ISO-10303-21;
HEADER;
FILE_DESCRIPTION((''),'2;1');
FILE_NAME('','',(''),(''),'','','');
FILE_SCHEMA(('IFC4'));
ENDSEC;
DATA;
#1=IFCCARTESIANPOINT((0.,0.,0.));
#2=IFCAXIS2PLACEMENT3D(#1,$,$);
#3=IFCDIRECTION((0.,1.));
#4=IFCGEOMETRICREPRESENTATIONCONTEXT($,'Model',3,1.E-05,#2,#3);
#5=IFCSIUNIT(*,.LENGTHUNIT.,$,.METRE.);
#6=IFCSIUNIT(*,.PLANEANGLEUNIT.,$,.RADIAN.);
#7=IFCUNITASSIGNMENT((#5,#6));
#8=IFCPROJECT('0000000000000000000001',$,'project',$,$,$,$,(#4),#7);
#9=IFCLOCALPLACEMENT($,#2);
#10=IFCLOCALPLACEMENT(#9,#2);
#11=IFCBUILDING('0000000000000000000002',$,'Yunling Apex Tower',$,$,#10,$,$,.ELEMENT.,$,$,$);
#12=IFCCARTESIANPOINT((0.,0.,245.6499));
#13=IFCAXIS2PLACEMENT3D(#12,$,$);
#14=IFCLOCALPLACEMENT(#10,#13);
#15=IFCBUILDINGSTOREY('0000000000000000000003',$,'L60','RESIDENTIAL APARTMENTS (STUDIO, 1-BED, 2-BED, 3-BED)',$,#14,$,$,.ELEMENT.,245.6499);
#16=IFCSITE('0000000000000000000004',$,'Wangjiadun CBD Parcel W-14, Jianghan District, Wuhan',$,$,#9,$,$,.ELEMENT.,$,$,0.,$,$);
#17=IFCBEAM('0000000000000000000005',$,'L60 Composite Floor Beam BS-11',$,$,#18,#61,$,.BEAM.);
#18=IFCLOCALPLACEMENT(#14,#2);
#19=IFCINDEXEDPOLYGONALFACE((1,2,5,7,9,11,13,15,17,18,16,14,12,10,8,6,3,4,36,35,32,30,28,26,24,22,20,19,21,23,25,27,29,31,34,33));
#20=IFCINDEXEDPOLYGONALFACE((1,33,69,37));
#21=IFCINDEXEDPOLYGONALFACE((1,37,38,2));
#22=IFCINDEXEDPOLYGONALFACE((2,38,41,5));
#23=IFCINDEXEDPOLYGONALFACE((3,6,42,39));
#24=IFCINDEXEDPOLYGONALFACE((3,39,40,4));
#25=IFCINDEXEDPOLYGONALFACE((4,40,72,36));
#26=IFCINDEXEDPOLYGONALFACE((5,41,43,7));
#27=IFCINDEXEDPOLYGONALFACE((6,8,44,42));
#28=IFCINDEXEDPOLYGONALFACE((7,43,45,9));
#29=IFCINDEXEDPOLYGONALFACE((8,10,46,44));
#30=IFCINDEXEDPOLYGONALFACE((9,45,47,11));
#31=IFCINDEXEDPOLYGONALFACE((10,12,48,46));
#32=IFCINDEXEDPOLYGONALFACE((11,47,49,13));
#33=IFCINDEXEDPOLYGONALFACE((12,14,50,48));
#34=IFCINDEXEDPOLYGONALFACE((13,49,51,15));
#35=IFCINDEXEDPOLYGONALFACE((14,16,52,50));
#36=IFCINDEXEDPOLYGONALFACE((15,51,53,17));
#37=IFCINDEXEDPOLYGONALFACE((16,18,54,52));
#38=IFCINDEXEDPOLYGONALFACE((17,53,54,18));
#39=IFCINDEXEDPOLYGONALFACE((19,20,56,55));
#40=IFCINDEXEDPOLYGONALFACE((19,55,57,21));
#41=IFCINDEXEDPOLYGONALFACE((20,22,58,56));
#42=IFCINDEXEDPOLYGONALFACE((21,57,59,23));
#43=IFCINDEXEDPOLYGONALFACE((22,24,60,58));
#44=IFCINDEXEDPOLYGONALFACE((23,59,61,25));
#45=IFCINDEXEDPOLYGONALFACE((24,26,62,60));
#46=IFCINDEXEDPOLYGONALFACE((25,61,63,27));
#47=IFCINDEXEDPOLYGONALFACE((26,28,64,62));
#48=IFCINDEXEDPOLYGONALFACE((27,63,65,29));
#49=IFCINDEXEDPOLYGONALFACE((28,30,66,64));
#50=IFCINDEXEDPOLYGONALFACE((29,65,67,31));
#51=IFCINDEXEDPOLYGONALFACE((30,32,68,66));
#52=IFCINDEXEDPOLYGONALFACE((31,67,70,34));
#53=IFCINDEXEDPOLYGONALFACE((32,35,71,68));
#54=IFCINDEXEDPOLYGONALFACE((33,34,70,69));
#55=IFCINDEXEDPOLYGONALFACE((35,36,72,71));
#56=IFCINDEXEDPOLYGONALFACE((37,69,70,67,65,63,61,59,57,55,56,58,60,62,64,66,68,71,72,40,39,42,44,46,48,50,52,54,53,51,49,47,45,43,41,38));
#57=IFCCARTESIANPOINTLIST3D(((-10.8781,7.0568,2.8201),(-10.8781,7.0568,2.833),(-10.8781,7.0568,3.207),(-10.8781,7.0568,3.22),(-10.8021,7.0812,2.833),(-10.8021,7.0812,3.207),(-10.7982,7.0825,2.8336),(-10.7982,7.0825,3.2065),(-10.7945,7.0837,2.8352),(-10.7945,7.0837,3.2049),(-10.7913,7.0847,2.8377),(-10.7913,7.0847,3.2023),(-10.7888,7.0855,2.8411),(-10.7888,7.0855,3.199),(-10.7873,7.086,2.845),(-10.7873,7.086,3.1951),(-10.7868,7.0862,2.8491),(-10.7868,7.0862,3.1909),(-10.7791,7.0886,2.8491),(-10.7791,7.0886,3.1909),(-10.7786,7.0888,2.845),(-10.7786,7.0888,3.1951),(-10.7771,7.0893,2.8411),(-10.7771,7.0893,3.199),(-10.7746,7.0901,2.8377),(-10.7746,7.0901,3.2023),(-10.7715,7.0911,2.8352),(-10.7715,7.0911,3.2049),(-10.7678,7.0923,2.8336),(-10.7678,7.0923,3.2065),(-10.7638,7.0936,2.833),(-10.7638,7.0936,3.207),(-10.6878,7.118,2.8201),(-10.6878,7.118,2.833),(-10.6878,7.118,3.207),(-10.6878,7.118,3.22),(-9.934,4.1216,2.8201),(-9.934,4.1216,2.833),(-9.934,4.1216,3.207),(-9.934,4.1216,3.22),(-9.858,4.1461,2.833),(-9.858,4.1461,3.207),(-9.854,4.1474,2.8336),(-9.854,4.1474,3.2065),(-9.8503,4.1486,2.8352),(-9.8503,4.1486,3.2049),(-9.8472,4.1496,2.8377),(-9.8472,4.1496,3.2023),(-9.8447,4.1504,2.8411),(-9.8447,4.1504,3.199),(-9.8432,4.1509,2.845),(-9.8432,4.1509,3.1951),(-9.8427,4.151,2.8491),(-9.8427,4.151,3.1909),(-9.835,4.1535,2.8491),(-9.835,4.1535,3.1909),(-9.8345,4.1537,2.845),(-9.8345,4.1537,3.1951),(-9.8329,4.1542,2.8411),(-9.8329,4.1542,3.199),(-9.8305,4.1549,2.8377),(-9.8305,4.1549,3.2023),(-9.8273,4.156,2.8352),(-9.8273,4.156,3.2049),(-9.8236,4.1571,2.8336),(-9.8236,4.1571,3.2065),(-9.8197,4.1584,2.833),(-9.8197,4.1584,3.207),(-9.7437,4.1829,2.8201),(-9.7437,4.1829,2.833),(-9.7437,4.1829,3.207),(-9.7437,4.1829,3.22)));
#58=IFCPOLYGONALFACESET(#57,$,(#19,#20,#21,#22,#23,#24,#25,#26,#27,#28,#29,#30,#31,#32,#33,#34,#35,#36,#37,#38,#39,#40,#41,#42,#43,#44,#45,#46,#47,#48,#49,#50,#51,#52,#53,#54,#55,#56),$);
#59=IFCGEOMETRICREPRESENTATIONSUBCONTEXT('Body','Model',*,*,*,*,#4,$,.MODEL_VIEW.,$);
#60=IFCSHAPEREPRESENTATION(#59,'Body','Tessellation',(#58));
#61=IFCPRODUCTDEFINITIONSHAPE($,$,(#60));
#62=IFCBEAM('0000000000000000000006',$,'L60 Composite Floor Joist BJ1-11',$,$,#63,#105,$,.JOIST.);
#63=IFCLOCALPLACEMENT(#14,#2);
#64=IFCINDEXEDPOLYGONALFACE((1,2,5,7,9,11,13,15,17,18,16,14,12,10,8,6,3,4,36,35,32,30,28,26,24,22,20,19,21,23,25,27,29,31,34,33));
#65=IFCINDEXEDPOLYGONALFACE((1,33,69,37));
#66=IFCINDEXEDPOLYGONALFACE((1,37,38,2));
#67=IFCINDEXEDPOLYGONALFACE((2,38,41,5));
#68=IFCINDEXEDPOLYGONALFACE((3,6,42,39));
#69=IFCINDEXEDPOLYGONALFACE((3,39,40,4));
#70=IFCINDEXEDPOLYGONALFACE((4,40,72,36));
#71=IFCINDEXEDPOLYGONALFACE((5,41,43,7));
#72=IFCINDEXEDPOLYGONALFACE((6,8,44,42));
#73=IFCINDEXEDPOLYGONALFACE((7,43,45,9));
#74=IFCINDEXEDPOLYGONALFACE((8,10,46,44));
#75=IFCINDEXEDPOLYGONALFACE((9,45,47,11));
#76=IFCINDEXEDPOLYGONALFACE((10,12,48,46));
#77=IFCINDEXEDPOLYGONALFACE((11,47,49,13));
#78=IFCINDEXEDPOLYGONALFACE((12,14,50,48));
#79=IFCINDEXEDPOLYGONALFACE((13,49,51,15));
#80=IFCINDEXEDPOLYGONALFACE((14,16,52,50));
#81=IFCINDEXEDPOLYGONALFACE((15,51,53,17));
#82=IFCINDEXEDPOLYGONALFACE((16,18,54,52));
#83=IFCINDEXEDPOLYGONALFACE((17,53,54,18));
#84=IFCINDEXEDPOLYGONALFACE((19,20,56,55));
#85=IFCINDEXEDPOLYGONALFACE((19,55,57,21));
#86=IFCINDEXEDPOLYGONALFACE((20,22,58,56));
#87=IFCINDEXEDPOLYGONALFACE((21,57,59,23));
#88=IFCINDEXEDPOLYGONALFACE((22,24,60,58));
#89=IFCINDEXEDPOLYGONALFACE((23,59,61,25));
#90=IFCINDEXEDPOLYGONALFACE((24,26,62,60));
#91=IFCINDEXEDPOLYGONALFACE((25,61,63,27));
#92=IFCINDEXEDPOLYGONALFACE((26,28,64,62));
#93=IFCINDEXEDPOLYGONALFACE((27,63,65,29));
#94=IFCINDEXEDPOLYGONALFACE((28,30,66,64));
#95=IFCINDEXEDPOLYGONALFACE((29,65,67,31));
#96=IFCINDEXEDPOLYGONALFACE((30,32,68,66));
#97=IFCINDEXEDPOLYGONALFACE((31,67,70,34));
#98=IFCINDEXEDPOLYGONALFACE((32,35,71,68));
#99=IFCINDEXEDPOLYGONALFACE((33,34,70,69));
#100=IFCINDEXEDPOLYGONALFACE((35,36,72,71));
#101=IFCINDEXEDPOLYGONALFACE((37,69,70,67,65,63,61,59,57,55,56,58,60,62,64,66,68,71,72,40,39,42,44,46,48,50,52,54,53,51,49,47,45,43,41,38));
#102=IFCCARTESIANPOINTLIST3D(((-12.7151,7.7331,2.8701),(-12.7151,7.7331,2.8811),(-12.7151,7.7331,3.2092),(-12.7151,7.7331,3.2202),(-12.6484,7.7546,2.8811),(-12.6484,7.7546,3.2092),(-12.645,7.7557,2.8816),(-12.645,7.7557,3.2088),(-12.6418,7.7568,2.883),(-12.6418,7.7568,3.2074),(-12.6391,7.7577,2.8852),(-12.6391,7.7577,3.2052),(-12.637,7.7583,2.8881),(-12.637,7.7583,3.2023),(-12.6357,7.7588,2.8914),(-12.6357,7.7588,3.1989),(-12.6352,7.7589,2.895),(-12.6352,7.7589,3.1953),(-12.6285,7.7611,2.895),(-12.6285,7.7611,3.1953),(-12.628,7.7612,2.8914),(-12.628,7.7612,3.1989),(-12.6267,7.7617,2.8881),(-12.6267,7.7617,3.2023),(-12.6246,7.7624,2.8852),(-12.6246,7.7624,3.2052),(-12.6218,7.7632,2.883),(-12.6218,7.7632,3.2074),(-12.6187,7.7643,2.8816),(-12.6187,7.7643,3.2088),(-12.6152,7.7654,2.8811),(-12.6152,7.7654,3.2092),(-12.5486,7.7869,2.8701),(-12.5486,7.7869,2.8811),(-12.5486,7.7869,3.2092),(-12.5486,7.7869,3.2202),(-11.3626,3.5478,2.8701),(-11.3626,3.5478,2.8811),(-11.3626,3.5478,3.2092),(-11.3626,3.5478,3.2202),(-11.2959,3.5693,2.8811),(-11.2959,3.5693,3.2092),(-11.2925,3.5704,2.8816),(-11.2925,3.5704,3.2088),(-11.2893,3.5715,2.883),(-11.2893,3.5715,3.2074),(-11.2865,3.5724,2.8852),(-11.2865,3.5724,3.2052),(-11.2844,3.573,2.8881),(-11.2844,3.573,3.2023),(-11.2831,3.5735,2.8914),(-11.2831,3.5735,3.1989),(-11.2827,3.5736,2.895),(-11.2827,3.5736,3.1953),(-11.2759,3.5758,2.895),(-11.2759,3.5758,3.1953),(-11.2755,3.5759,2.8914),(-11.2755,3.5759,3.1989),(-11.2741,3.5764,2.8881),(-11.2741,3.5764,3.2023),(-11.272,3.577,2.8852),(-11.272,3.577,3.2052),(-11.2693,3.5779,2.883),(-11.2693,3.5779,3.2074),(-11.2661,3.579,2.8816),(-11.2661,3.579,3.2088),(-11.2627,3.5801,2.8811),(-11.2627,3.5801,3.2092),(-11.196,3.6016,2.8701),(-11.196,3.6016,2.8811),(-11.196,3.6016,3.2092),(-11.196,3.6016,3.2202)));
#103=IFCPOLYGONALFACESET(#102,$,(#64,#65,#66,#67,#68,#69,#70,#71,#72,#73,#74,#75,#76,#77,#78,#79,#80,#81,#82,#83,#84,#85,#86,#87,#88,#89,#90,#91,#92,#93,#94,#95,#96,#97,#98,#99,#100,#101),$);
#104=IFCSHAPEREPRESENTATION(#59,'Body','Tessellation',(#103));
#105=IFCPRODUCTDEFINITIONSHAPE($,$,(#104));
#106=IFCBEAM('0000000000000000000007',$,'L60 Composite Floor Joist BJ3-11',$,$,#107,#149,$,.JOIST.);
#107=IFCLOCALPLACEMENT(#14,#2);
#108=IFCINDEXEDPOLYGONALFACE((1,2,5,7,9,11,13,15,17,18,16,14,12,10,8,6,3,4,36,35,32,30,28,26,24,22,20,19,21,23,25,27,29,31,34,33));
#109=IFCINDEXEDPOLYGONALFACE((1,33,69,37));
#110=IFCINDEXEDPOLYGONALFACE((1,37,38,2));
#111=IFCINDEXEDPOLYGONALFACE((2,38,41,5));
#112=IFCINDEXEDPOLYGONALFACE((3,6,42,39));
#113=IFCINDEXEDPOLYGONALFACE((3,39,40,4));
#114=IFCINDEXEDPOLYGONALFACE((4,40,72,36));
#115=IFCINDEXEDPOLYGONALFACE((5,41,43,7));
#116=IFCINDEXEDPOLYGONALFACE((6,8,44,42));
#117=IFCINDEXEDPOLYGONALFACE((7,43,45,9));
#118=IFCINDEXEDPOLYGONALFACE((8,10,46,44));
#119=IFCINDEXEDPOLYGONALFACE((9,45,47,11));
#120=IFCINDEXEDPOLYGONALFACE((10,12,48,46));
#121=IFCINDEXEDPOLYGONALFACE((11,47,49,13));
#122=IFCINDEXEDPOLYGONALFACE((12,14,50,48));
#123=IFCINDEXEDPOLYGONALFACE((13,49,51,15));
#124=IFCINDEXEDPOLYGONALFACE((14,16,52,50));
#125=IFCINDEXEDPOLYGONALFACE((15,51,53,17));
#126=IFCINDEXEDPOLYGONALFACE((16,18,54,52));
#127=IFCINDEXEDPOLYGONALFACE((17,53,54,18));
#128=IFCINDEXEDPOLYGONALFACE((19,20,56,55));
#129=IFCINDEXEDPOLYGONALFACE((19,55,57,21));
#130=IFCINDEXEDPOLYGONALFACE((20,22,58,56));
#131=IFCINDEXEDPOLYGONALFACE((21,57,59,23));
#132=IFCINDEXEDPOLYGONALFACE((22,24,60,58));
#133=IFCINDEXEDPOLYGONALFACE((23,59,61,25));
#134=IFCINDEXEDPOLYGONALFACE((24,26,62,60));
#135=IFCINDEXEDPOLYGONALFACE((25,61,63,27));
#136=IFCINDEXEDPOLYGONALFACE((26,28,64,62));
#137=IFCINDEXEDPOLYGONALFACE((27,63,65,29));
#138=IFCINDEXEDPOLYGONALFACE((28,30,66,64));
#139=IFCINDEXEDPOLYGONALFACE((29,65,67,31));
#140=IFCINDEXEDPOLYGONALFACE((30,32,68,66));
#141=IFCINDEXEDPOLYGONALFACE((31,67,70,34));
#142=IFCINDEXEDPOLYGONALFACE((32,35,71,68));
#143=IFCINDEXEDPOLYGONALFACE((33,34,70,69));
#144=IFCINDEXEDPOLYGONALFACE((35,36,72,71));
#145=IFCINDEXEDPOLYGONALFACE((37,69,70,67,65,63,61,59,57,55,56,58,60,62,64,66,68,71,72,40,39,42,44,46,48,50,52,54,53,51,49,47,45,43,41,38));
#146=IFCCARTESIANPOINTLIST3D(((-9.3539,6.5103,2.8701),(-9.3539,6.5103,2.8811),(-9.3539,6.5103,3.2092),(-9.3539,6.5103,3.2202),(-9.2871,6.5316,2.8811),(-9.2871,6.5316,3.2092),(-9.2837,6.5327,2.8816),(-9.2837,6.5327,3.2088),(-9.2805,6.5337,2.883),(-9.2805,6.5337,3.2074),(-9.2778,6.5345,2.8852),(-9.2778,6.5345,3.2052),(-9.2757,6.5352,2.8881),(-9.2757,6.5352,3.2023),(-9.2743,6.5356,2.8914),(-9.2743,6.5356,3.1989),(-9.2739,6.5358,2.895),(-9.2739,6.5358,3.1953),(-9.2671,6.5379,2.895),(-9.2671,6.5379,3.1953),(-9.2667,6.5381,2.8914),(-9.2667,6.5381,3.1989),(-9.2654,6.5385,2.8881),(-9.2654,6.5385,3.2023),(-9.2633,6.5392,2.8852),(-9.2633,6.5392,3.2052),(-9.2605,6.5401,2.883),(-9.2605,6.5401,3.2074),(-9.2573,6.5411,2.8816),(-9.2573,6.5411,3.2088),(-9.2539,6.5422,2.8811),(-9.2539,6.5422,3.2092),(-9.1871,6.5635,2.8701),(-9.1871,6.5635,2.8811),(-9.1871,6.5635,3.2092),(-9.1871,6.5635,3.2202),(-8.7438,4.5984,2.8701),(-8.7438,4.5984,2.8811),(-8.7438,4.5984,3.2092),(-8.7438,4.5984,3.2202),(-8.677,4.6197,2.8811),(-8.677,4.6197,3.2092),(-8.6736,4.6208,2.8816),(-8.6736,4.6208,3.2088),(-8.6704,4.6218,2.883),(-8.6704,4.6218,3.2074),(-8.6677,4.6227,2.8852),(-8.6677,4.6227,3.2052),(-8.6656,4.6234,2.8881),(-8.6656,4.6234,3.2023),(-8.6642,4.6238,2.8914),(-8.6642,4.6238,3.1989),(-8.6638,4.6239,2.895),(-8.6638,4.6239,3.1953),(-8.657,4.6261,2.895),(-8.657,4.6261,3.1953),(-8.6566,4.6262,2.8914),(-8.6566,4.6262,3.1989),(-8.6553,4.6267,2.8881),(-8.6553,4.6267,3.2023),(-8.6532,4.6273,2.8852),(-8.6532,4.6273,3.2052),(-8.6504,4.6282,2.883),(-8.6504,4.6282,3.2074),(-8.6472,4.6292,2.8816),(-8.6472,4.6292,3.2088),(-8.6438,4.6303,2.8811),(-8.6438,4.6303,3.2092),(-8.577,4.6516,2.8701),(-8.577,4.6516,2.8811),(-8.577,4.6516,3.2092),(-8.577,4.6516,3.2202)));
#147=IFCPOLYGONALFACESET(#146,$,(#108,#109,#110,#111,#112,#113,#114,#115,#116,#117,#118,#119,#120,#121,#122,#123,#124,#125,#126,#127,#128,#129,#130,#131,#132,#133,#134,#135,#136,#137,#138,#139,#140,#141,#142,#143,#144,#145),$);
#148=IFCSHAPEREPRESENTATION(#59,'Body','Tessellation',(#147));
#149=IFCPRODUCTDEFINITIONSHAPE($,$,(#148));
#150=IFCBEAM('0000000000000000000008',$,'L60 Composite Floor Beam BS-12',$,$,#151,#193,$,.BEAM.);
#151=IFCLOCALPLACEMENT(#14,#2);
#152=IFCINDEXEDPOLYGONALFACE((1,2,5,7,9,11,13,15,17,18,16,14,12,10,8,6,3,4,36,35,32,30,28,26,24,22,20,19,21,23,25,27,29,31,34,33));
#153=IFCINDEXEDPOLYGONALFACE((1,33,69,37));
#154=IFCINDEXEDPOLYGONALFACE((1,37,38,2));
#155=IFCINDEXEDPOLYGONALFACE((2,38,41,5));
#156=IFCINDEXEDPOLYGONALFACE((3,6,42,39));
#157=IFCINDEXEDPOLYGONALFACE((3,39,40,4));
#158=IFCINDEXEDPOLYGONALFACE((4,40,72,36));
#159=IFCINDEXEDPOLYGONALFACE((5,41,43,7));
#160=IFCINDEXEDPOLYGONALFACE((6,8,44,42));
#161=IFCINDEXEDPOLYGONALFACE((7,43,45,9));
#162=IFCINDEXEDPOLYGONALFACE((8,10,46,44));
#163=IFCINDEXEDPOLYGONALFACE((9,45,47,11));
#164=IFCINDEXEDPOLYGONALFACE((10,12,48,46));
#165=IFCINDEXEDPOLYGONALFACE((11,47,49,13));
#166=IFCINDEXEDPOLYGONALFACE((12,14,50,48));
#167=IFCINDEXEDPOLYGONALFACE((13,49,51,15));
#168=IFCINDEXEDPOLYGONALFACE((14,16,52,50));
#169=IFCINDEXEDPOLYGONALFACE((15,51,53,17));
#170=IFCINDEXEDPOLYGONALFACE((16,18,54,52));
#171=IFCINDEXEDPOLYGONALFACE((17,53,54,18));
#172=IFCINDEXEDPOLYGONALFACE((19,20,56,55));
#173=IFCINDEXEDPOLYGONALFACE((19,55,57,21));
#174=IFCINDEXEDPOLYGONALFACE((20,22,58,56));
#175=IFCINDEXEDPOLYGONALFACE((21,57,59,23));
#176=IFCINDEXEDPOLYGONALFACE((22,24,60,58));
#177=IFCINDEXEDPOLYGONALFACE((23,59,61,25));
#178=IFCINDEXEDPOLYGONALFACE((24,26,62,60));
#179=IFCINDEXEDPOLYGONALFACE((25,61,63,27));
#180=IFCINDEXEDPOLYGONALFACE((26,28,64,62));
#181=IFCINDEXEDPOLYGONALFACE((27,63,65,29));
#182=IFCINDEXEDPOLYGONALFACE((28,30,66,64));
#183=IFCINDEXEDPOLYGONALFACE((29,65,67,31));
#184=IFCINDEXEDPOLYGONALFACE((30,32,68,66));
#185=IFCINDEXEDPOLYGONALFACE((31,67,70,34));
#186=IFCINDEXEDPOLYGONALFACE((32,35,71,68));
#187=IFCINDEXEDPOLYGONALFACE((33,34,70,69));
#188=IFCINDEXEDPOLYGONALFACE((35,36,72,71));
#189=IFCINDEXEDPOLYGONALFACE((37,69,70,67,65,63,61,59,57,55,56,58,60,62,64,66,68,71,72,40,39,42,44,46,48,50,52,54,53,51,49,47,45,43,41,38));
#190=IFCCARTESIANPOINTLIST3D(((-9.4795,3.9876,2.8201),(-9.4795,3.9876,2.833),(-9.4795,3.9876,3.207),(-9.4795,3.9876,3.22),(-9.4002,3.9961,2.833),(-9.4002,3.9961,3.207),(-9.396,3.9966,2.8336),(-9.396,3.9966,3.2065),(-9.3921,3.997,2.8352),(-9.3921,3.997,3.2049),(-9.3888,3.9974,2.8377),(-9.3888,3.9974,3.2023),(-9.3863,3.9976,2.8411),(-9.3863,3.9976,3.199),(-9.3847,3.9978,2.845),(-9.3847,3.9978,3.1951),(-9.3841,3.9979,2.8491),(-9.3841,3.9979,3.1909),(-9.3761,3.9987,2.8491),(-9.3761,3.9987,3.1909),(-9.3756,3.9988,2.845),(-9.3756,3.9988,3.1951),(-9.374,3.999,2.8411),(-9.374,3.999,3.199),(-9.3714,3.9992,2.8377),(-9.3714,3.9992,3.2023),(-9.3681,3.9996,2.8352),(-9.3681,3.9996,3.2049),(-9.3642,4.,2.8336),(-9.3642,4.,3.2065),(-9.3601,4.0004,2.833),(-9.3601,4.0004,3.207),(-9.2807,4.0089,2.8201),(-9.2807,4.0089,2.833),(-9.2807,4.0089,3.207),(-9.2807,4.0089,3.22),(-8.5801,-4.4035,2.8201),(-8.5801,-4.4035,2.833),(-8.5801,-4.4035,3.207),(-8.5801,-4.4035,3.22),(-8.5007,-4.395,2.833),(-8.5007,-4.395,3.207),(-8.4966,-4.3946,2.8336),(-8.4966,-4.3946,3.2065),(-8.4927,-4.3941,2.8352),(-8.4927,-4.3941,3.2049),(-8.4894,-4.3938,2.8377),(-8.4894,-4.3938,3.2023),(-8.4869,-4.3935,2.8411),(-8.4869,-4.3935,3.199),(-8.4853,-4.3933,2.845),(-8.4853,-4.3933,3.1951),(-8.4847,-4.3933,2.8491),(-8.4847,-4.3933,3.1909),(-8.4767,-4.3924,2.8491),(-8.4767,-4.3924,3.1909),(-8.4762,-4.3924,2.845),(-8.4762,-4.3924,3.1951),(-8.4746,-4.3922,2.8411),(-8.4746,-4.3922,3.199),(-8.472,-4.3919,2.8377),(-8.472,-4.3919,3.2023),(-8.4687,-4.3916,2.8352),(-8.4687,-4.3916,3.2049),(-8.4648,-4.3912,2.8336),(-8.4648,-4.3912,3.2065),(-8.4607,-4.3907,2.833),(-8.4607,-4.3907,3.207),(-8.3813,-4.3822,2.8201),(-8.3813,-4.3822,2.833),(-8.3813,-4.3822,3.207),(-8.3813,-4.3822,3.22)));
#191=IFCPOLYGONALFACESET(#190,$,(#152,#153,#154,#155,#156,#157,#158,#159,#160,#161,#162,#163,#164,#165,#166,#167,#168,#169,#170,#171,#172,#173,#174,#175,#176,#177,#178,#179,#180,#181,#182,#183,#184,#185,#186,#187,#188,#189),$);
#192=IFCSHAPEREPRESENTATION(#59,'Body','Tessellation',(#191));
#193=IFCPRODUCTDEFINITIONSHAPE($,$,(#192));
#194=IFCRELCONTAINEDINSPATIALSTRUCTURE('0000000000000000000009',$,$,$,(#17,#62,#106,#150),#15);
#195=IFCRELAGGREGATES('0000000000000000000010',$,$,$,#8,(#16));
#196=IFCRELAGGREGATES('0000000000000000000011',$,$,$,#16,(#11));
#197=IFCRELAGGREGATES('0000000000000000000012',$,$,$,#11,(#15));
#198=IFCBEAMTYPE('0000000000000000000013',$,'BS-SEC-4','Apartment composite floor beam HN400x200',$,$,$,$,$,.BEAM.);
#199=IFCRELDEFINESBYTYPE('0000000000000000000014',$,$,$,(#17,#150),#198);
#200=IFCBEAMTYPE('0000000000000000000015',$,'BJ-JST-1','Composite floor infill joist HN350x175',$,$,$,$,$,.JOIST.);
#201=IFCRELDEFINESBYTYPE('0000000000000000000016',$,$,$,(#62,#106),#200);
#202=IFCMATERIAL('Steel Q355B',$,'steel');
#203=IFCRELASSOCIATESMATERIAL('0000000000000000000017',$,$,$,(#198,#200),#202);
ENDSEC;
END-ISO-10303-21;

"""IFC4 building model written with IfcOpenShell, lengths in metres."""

from ifc_helpers import new_model, si_unit, direction, frame, origin, origin_2d, place, context, subcontext, project, spatial, i_section, extrude, source, transform, mapped, material, material_profile, profile_set, type_object, element, save


model = new_model("IFC4")

# Units and contexts
model_context = context("Model", 3, precision=1e-05, world=origin(), true_north=direction((0.0, 1.0)))
body_context = subcontext(model_context, "Body", "Model", "MODEL_VIEW")
ifc_project = project(units=[si_unit("LENGTHUNIT", "METRE"), si_unit("PLANEANGLEUNIT", "RADIAN")], contexts=[model_context])

# Site, building, storey
site_placement = place(None, origin())
site = spatial("IfcSite", under=ifc_project, at=site_placement, Name="Wangjiadun CBD Parcel W-14, Jianghan District, Wuhan", CompositionType="ELEMENT", RefElevation=0.0)
building_placement = place(site_placement, origin())
building = spatial("IfcBuilding", under=site, at=building_placement, Name="Yunling Apex Tower", CompositionType="ELEMENT")
storey_placement = place(building_placement, frame((0.0, 0.0, 245.6499)))
storey = spatial("IfcBuildingStorey", under=building, at=storey_placement, Name="L60", Description="RESIDENTIAL APARTMENTS (STUDIO, 1-BED, 2-BED, 3-BED)", CompositionType="ELEMENT", Elevation=245.6499)

# Beams
ifc_material_1 = material(Name="Steel Q355B", Category="steel")
ifc_material_profile_1 = material_profile(ifc_material_1, i_section(OverallWidth=0.2, OverallDepth=0.3999, WebThickness=0.0081, FlangeThickness=0.0129, FilletRadius=0.0161, at=origin_2d()))
ifc_profile_set_1 = profile_set([ifc_material_profile_1], Name="Steel Q355B")
beam_type_1 = type_object("IfcBeamType", Name="BS-SEC-4", Description="Apartment composite floor beam HN400x200", PredefinedType="BEAM", material=ifc_profile_set_1)
ifc_material_profile_2 = material_profile(ifc_material_1, i_section(OverallWidth=0.175, OverallDepth=0.3501, WebThickness=0.0071, FlangeThickness=0.011, FilletRadius=0.0139, at=origin_2d()))
ifc_profile_set_2 = profile_set([ifc_material_profile_2], Name="Steel Q355B")
beam_type_2 = type_object("IfcBeamType", Name="BJ-JST-1", Description="Composite floor infill joist HN350x175", PredefinedType="JOIST", material=ifc_profile_set_2)
shared_shape_1 = source(origin(), body_context, "Body", "SweptSolid", [
    extrude(i_section(OverallWidth=0.2, OverallDepth=0.3999, WebThickness=0.0081, FlangeThickness=0.0129, FilletRadius=0.0161, at=origin_2d()), origin(), (0.0, 0.0, 1.0), 3.0833),
])
beam_1_placement = place(storey_placement, frame((-10.783, 7.0874, 3.02), z_axis=(0.306209, -0.951964, 0.0), x_axis=(0.951964, 0.306209, 0.0)))
element("IfcBeam", 1, at=beam_1_placement, inside=storey, type_object=beam_type_1, Name="L60 Composite Floor Beam BS-11", PredefinedType="BEAM", context=body_context, shape_type="MappedRepresentation", body=[
    mapped(shared_shape_1, transform((0.0, 0.0, 0.0), scale=1.0)),
])
shared_shape_2 = source(origin(), body_context, "Body", "SweptSolid", [
    extrude(i_section(OverallWidth=0.175, OverallDepth=0.3501, WebThickness=0.0071, FlangeThickness=0.011, FilletRadius=0.0139, at=origin_2d()), origin(), (0.0, 0.0, 1.0), 4.3984),
])
beam_2_placement = place(storey_placement, frame((-12.6318, 7.76, 3.0452), z_axis=(0.307505, -0.951546, 0.0), x_axis=(0.951546, 0.307505, 0.0)))
element("IfcBeam", 2, at=beam_2_placement, inside=storey, type_object=beam_type_2, Name="L60 Composite Floor Joist BJ1-11", PredefinedType="JOIST", context=body_context, shape_type="MappedRepresentation", body=[
    mapped(shared_shape_2, transform((0.0, 0.0, 0.0), scale=1.0)),
])
shared_shape_3 = source(origin(), body_context, "Body", "SweptSolid", [
    extrude(i_section(OverallWidth=0.175, OverallDepth=0.3501, WebThickness=0.0071, FlangeThickness=0.011, FilletRadius=0.0139, at=origin_2d()), origin(), (0.0, 0.0, 1.0), 2.0068),
])
beam_3_placement = place(storey_placement, frame((-9.2705, 6.5369, 3.0452), z_axis=(0.304012, -0.952668, 0.0), x_axis=(0.952668, 0.304012, 0.0)))
element("IfcBeam", 3, at=beam_3_placement, inside=storey, type_object=beam_type_2, Name="L60 Composite Floor Joist BJ3-11", PredefinedType="JOIST", context=body_context, shape_type="MappedRepresentation", body=[
    mapped(shared_shape_3, transform((0.0, 0.0, 0.0), scale=1.0)),
])
shared_shape_4 = source(origin(), body_context, "Body", "SweptSolid", [
    extrude(i_section(OverallWidth=0.2, OverallDepth=0.3999, WebThickness=0.0081, FlangeThickness=0.0129, FilletRadius=0.0161, at=origin_2d()), origin(), (0.0, 0.0, 1.0), 8.4392),
])
beam_4_placement = place(storey_placement, frame((-9.3801, 3.9983, 3.02), z_axis=(0.106576, -0.994305, 0.0), x_axis=(0.994305, 0.106576, 0.0)))
element("IfcBeam", 4, at=beam_4_placement, inside=storey, type_object=beam_type_1, Name="L60 Composite Floor Beam BS-12", PredefinedType="BEAM", context=body_context, shape_type="MappedRepresentation", body=[
    mapped(shared_shape_4, transform((0.0, 0.0, 0.0), scale=1.0)),
])

save(model, "model.ifc")
